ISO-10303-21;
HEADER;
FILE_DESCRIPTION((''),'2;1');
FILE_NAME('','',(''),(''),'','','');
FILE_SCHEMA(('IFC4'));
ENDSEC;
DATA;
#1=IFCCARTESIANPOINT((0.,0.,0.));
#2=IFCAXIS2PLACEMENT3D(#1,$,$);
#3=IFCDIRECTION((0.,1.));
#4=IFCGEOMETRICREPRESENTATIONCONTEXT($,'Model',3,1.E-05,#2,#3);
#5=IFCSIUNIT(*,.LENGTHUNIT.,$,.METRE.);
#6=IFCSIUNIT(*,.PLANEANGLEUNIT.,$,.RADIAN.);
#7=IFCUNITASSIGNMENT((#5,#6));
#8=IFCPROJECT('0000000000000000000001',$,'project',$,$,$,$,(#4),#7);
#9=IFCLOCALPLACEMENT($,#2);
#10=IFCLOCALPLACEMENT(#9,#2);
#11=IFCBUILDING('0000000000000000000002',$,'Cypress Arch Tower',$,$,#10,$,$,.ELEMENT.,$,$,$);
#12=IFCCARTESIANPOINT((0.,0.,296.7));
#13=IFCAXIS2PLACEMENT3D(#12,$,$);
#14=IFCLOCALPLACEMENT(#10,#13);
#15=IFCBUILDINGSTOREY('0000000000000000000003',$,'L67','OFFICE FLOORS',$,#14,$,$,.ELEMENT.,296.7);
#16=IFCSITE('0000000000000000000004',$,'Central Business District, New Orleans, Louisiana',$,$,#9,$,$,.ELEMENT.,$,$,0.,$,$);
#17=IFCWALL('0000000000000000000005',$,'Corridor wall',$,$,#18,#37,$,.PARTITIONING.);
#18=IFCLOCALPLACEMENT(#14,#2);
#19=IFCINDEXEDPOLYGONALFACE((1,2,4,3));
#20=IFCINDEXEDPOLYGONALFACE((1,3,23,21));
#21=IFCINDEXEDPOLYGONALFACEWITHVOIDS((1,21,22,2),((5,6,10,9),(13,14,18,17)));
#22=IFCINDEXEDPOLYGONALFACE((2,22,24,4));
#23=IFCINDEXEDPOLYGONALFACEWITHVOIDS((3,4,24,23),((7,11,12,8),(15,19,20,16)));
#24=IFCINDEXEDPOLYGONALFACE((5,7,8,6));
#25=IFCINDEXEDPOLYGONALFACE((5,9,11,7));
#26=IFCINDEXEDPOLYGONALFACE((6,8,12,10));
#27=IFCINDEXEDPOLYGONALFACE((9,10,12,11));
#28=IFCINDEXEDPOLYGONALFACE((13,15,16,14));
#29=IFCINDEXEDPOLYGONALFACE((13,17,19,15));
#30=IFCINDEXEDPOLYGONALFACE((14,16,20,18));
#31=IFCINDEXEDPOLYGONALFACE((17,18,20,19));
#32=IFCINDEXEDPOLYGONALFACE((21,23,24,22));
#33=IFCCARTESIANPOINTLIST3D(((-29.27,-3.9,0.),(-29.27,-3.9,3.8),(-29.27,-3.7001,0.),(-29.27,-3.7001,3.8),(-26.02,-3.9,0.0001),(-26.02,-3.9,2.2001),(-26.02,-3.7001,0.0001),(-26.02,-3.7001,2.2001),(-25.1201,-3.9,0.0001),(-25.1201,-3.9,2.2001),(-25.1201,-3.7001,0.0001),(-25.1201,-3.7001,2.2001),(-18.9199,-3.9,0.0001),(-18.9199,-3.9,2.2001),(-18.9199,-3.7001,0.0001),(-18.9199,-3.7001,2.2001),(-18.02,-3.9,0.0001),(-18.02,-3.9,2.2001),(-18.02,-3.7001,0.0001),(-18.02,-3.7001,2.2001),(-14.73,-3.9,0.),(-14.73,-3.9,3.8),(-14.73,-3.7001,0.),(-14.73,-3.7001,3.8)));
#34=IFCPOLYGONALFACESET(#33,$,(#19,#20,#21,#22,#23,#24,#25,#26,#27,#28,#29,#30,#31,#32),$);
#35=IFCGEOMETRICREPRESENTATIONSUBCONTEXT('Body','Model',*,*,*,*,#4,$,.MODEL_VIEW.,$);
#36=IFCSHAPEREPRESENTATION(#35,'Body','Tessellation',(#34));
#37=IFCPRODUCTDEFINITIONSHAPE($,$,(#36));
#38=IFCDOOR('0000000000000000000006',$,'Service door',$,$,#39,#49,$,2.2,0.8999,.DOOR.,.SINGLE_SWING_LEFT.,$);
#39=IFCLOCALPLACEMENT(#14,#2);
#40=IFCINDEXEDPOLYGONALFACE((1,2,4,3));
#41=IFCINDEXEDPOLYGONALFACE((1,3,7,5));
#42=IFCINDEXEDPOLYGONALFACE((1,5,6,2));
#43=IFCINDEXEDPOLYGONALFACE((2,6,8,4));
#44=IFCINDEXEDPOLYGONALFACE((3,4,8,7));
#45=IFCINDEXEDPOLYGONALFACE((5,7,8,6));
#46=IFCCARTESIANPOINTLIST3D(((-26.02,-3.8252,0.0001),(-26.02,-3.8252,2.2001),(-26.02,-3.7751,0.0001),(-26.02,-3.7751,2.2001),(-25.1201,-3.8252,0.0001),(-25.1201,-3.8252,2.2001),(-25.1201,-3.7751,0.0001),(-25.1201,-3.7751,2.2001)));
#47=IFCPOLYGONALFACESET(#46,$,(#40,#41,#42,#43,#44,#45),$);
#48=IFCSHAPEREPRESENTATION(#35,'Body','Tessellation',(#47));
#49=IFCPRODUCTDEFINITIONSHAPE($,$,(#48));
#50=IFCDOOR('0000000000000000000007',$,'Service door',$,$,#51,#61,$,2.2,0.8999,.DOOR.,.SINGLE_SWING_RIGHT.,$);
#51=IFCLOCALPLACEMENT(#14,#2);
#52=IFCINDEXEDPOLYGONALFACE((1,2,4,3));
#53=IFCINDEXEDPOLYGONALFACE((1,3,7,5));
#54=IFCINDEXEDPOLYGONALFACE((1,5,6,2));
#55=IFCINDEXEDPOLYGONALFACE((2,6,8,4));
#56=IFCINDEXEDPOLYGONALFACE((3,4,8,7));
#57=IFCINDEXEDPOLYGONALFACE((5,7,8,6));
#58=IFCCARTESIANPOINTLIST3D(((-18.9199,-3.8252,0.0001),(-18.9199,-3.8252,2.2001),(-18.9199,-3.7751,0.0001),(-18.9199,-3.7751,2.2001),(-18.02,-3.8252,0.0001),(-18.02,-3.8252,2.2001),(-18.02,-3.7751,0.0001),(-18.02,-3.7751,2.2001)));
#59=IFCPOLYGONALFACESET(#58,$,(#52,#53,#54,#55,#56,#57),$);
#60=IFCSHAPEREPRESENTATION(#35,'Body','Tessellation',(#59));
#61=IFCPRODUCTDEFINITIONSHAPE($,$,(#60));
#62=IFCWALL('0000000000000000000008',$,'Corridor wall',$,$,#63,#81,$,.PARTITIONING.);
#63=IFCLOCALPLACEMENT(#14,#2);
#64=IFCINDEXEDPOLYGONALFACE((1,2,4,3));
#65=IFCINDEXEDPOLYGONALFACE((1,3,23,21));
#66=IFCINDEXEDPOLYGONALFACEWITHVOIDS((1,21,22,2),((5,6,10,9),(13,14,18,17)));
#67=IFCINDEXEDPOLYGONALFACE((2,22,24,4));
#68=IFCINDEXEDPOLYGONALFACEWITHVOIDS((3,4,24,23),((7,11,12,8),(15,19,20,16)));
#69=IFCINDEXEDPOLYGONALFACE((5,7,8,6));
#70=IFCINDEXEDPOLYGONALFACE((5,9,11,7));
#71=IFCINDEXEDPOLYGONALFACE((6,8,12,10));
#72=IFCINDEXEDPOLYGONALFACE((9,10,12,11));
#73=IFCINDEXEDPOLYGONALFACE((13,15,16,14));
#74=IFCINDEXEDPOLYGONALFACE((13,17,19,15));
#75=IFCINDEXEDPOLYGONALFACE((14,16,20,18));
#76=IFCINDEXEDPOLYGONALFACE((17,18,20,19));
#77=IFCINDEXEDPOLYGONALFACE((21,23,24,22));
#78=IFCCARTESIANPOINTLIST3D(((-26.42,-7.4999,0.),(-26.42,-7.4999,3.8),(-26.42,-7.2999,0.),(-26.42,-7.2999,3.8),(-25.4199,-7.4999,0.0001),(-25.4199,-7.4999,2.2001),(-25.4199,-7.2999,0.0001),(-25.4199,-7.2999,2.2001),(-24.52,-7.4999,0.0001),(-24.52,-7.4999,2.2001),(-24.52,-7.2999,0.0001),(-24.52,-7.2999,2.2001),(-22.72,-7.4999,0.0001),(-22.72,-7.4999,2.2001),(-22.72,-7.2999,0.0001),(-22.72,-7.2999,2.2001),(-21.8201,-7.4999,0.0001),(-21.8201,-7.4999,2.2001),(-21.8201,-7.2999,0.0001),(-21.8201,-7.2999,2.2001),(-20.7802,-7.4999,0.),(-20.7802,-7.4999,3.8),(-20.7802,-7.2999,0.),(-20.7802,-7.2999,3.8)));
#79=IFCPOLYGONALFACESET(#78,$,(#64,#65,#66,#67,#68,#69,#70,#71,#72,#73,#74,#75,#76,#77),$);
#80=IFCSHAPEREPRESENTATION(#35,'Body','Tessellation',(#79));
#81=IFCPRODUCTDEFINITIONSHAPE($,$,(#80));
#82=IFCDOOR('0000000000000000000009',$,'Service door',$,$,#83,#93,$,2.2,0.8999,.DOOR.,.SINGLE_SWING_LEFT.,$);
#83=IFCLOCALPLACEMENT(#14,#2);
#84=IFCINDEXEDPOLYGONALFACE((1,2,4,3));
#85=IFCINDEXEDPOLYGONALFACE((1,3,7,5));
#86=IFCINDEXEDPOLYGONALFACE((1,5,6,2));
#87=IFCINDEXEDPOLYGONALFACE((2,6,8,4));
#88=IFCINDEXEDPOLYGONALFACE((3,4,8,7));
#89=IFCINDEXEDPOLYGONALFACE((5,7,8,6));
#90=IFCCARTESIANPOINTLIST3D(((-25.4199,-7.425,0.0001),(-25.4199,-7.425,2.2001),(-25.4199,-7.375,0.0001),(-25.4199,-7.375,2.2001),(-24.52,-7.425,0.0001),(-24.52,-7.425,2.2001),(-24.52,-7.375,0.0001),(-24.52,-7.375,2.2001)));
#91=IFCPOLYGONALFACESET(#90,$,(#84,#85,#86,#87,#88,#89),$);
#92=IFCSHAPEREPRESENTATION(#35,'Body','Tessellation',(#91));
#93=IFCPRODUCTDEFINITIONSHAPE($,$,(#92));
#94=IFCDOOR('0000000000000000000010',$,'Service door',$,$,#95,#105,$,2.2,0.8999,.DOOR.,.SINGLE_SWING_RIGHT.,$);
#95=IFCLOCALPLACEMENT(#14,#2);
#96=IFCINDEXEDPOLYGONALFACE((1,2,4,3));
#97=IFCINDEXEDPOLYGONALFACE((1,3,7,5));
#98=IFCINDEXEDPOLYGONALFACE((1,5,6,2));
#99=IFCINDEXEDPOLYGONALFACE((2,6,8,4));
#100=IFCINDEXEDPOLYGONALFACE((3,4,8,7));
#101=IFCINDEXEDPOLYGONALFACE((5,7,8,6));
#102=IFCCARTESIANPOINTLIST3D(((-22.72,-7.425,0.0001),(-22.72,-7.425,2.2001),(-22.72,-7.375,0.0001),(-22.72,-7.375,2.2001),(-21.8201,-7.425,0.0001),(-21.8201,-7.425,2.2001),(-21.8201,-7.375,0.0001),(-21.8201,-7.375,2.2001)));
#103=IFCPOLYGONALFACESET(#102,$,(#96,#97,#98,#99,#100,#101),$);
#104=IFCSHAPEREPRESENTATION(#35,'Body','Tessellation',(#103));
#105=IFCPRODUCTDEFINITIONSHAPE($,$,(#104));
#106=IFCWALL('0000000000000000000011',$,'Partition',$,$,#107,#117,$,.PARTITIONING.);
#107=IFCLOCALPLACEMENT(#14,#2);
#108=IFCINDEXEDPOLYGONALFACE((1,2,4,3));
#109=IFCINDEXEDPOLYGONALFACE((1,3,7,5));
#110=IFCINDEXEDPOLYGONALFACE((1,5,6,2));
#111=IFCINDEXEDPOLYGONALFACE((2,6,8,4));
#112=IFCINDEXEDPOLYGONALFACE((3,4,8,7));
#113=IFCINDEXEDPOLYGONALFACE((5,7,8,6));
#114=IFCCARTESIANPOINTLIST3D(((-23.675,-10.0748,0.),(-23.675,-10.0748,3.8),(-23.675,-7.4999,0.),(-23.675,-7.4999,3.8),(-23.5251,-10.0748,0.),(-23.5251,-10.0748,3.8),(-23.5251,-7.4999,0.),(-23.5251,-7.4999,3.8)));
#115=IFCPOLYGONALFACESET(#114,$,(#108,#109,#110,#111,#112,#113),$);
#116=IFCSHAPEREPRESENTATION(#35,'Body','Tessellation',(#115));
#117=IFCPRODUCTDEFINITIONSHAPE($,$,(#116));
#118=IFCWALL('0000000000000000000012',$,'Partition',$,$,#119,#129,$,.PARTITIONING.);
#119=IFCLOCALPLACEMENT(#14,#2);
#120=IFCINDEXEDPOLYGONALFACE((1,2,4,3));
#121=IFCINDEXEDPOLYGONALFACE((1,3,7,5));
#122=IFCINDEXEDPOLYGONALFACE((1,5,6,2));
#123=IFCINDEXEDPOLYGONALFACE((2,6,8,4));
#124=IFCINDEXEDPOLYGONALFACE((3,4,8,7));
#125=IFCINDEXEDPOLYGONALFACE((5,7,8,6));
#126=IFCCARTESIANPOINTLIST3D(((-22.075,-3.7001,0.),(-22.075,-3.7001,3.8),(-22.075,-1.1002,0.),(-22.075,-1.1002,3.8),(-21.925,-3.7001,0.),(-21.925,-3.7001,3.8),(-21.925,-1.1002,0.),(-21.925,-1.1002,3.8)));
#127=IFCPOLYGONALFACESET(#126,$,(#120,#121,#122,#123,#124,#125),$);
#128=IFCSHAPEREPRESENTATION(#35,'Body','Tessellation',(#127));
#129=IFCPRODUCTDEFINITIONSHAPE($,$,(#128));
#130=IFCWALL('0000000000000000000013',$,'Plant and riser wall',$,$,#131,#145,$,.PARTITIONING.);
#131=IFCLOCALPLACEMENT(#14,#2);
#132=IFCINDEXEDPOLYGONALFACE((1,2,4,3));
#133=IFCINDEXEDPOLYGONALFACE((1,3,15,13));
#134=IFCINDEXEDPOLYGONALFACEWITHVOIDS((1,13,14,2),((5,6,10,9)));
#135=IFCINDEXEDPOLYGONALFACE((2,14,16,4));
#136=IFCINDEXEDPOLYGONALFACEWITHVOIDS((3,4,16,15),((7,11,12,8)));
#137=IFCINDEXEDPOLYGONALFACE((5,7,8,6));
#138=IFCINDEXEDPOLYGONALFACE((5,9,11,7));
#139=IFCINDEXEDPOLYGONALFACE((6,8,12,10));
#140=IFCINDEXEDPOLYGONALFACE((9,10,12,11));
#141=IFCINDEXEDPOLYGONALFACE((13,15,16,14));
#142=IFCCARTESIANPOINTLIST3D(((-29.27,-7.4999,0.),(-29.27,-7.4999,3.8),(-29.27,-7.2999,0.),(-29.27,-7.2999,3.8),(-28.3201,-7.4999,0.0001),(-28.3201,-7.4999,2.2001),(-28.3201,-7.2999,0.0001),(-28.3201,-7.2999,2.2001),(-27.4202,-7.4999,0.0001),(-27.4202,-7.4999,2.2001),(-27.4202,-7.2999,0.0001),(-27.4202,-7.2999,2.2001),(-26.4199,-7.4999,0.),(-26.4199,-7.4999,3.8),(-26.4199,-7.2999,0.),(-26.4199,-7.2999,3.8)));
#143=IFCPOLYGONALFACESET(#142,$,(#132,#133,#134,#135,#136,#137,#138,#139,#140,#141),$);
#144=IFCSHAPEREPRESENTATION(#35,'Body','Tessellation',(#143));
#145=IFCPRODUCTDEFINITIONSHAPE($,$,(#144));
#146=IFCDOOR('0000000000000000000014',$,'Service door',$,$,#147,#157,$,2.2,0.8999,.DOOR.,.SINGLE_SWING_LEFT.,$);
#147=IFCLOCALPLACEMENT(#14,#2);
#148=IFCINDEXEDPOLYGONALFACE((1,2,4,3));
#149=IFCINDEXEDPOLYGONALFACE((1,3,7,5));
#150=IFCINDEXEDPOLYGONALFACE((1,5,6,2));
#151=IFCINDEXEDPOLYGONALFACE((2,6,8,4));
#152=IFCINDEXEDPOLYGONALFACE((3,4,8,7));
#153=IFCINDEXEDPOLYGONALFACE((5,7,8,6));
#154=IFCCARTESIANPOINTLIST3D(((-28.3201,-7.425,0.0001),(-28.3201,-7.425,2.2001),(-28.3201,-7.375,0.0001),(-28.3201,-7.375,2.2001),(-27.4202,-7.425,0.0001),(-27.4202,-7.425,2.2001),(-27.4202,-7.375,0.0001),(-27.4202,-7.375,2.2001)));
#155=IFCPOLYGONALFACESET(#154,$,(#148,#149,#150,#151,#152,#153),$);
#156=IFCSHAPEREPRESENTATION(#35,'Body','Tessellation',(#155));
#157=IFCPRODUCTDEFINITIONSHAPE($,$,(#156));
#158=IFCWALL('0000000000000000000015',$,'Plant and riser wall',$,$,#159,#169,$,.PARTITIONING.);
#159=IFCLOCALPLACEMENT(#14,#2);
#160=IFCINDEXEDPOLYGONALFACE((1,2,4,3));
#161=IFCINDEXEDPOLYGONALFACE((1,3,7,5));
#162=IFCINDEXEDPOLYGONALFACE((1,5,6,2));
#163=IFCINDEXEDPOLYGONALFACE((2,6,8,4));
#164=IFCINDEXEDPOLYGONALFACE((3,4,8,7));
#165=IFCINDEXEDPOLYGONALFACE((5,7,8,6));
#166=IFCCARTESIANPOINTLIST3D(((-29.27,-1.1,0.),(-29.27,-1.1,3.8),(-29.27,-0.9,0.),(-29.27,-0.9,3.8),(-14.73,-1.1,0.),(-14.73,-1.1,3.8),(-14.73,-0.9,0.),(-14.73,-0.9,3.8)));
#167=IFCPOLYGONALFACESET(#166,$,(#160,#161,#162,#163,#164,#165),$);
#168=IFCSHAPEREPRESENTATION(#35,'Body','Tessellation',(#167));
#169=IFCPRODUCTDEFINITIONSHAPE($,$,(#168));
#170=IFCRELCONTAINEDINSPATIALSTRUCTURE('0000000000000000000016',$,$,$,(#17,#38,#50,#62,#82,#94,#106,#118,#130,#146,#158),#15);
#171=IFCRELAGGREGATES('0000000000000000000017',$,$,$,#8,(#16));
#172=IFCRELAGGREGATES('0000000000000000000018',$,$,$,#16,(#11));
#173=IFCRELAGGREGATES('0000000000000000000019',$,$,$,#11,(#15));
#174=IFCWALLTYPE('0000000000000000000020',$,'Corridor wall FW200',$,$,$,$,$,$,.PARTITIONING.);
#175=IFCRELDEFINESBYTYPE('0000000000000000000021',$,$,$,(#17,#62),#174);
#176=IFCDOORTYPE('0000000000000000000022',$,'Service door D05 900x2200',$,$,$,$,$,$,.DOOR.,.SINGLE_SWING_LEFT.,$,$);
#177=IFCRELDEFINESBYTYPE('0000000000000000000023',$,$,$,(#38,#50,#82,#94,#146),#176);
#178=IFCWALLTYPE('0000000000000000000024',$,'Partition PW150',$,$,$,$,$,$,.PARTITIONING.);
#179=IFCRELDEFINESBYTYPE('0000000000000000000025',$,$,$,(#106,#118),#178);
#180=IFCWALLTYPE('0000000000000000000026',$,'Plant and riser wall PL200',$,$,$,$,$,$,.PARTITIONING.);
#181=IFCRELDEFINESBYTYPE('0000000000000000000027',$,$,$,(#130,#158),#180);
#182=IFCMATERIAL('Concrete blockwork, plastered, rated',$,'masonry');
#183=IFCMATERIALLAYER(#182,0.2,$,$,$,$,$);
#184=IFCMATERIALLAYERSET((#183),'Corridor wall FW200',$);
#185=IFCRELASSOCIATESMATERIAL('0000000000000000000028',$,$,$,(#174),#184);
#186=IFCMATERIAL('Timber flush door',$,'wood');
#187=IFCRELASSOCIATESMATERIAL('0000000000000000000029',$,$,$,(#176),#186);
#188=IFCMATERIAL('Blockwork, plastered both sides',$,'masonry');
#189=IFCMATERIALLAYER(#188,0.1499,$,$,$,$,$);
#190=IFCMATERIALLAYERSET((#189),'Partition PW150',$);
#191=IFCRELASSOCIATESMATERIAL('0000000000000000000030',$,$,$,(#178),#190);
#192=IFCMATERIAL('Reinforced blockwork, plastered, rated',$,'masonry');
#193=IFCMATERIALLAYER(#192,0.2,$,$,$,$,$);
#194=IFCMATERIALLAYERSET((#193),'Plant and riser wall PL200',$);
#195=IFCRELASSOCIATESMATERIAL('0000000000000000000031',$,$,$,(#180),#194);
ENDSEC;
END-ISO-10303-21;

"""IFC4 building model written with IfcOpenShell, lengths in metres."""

from ifc_helpers import new_model, si_unit, direction, frame, frame_2d, origin, place, context, subcontext, project, spatial, rectangle, extrude, material, layer, layer_set, type_object, element, fill, save


model = new_model("IFC4")

# Units and contexts
model_context = context("Model", 3, precision=1e-05, world=origin(), true_north=direction((0.0, 1.0)))
body_context = subcontext(model_context, "Body", "Model", "MODEL_VIEW")
ifc_project = project(units=[si_unit("LENGTHUNIT", "METRE"), si_unit("PLANEANGLEUNIT", "RADIAN")], contexts=[model_context])

# Site, building, storey
site_placement = place(None, origin())
site = spatial("IfcSite", under=ifc_project, at=site_placement, Name="Central Business District, New Orleans, Louisiana", CompositionType="ELEMENT", RefElevation=0.0)
building_placement = place(site_placement, origin())
building = spatial("IfcBuilding", under=site, at=building_placement, Name="Cypress Arch Tower", CompositionType="ELEMENT")
storey_placement = place(building_placement, frame((0.0, 0.0, 296.7)))
storey = spatial("IfcBuildingStorey", under=building, at=storey_placement, Name="L67", Description="OFFICE FLOORS", CompositionType="ELEMENT", Elevation=296.7)

# Walls, openings, doors
ifc_material_1 = material(Name="Concrete blockwork, plastered, rated", Category="masonry")
ifc_layer_1 = layer(ifc_material_1, 0.2)
ifc_layer_set_1 = layer_set([ifc_layer_1], Name="Corridor wall FW200")
wall_type_1 = type_object("IfcWallType", Name="Corridor wall FW200", PredefinedType="PARTITIONING", material=ifc_layer_set_1)
wall_1_placement = place(storey_placement, frame((-29.27, -3.8, 0.0), z_axis=(0.0, 0.0, 1.0), x_axis=(1.0, 0.0, 0.0)))
wall_1 = element("IfcWall", 1, at=wall_1_placement, inside=storey, type_object=wall_type_1, Name="Corridor wall", PredefinedType="PARTITIONING", context=body_context, shape_type="SweptSolid", body=[
    extrude(rectangle(XDim=14.54, YDim=0.2, at=frame_2d((7.27, 0.0))), origin(), (0.0, 0.0, 1.0), 3.8),
])
opening_1_placement = place(wall_1_placement, frame((3.25, 0.0, 0.0)))
opening_1 = element("IfcOpeningElement", 2, at=opening_1_placement, cuts=wall_1, PredefinedType="OPENING", context=body_context, shape_type="SweptSolid", body=[
    extrude(rectangle(XDim=0.8999, YDim=2.2, at=frame_2d((0.45, 1.1001))), frame((0.0, 0.1099, 0.0), z_axis=(0.0, -1.0, 0.0), x_axis=(1.0, 0.0, 0.0)), (0.0, 0.0, 1.0), 0.22),
])
opening_2_placement = place(wall_1_placement, frame((10.3501, 0.0, 0.0)))
opening_2 = element("IfcOpeningElement", 3, at=opening_2_placement, cuts=wall_1, PredefinedType="OPENING", context=body_context, shape_type="SweptSolid", body=[
    extrude(rectangle(XDim=0.8999, YDim=2.2, at=frame_2d((0.45, 1.1001))), frame((0.0, 0.1099, 0.0), z_axis=(0.0, -1.0, 0.0), x_axis=(1.0, 0.0, 0.0)), (0.0, 0.0, 1.0), 0.22),
])
ifc_material_2 = material(Name="Timber flush door", Category="wood")
door_type = type_object("IfcDoorType", Name="Service door D05 900x2200", OperationType="SINGLE_SWING_LEFT", PredefinedType="DOOR", material=ifc_material_2)
door_1_placement = place(opening_1_placement, origin())
door_1 = element("IfcDoor", 4, at=door_1_placement, inside=storey, type_object=door_type, Name="Service door", OperationType="SINGLE_SWING_LEFT", OverallHeight=2.2, OverallWidth=0.8999, PredefinedType="DOOR", context=body_context, shape_type="SweptSolid", body=[
    extrude(rectangle(XDim=0.8999, YDim=2.2, at=frame_2d((0.45, 1.1001))), frame((0.0, 0.0249, 0.0), z_axis=(0.0, -1.0, 0.0), x_axis=(1.0, 0.0, 0.0)), (0.0, 0.0, 1.0), 0.05),
])
fill(opening_1, door_1)
door_2_placement = place(opening_2_placement, origin())
door_2 = element("IfcDoor", 5, at=door_2_placement, inside=storey, type_object=door_type, Name="Service door", OperationType="SINGLE_SWING_RIGHT", OverallHeight=2.2, OverallWidth=0.8999, PredefinedType="DOOR", context=body_context, shape_type="SweptSolid", body=[
    extrude(rectangle(XDim=0.8999, YDim=2.2, at=frame_2d((0.45, 1.1001))), frame((0.0, 0.0249, 0.0), z_axis=(0.0, -1.0, 0.0), x_axis=(1.0, 0.0, 0.0)), (0.0, 0.0, 1.0), 0.05),
])
fill(opening_2, door_2)
wall_2_placement = place(storey_placement, frame((-26.4199, -7.3999, 0.0), z_axis=(0.0, 0.0, 1.0), x_axis=(1.0, 0.0, 0.0)))
wall_2 = element("IfcWall", 6, at=wall_2_placement, inside=storey, type_object=wall_type_1, Name="Corridor wall", PredefinedType="PARTITIONING", context=body_context, shape_type="SweptSolid", body=[
    extrude(rectangle(XDim=5.6399, YDim=0.2, at=frame_2d((2.8198, 0.0))), origin(), (0.0, 0.0, 1.0), 3.8),
])
opening_3_placement = place(wall_2_placement, frame((1.0, 0.0, 0.0)))
opening_3 = element("IfcOpeningElement", 7, at=opening_3_placement, cuts=wall_2, PredefinedType="OPENING", context=body_context, shape_type="SweptSolid", body=[
    extrude(rectangle(XDim=0.8999, YDim=2.2, at=frame_2d((0.45, 1.1001))), frame((0.0, 0.1099, 0.0), z_axis=(0.0, -1.0, 0.0), x_axis=(1.0, 0.0, 0.0)), (0.0, 0.0, 1.0), 0.22),
])
opening_4_placement = place(wall_2_placement, frame((3.7, 0.0, 0.0)))
opening_4 = element("IfcOpeningElement", 8, at=opening_4_placement, cuts=wall_2, PredefinedType="OPENING", context=body_context, shape_type="SweptSolid", body=[
    extrude(rectangle(XDim=0.8999, YDim=2.2, at=frame_2d((0.45, 1.1001))), frame((0.0, 0.1099, 0.0), z_axis=(0.0, -1.0, 0.0), x_axis=(1.0, 0.0, 0.0)), (0.0, 0.0, 1.0), 0.22),
])
door_3_placement = place(opening_3_placement, origin())
door_3 = element("IfcDoor", 9, at=door_3_placement, inside=storey, type_object=door_type, Name="Service door", OperationType="SINGLE_SWING_LEFT", OverallHeight=2.2, OverallWidth=0.8999, PredefinedType="DOOR", context=body_context, shape_type="SweptSolid", body=[
    extrude(rectangle(XDim=0.8999, YDim=2.2, at=frame_2d((0.45, 1.1001))), frame((0.0, 0.0249, 0.0), z_axis=(0.0, -1.0, 0.0), x_axis=(1.0, 0.0, 0.0)), (0.0, 0.0, 1.0), 0.05),
])
fill(opening_3, door_3)
door_4_placement = place(opening_4_placement, origin())
door_4 = element("IfcDoor", 10, at=door_4_placement, inside=storey, type_object=door_type, Name="Service door", OperationType="SINGLE_SWING_RIGHT", OverallHeight=2.2, OverallWidth=0.8999, PredefinedType="DOOR", context=body_context, shape_type="SweptSolid", body=[
    extrude(rectangle(XDim=0.8999, YDim=2.2, at=frame_2d((0.45, 1.1001))), frame((0.0, 0.0249, 0.0), z_axis=(0.0, -1.0, 0.0), x_axis=(1.0, 0.0, 0.0)), (0.0, 0.0, 1.0), 0.05),
])
fill(opening_4, door_4)

# Walls
ifc_material_3 = material(Name="Blockwork, plastered both sides", Category="masonry")
ifc_layer_2 = layer(ifc_material_3, 0.1499)
ifc_layer_set_2 = layer_set([ifc_layer_2], Name="Partition PW150")
wall_type_2 = type_object("IfcWallType", Name="Partition PW150", PredefinedType="PARTITIONING", material=ifc_layer_set_2)
wall_3_placement = place(storey_placement, frame((-23.6001, -10.075, 0.0), z_axis=(0.0, 0.0, 1.0), x_axis=(0.0, 1.0, 0.0)))
element("IfcWall", 11, at=wall_3_placement, inside=storey, type_object=wall_type_2, Name="Partition", PredefinedType="PARTITIONING", context=body_context, shape_type="SweptSolid", body=[
    extrude(rectangle(XDim=2.575, YDim=0.1499, at=frame_2d((1.2876, 0.0))), origin(), (0.0, 0.0, 1.0), 3.8),
])
wall_4_placement = place(storey_placement, frame((-22.0, -3.7, 0.0), z_axis=(0.0, 0.0, 1.0), x_axis=(0.0, 1.0, 0.0)))
element("IfcWall", 12, at=wall_4_placement, inside=storey, type_object=wall_type_2, Name="Partition", PredefinedType="PARTITIONING", context=body_context, shape_type="SweptSolid", body=[
    extrude(rectangle(XDim=2.5999, YDim=0.1499, at=frame_2d((1.2998, 0.0))), origin(), (0.0, 0.0, 1.0), 3.8),
])

# Wall, opening, door
ifc_material_4 = material(Name="Reinforced blockwork, plastered, rated", Category="masonry")
ifc_layer_3 = layer(ifc_material_4, 0.2)
ifc_layer_set_3 = layer_set([ifc_layer_3], Name="Plant and riser wall PL200")
wall_type_3 = type_object("IfcWallType", Name="Plant and riser wall PL200", PredefinedType="PARTITIONING", material=ifc_layer_set_3)
wall_5_placement = place(storey_placement, frame((-29.27, -7.3999, 0.0), z_axis=(0.0, 0.0, 1.0), x_axis=(1.0, 0.0, 0.0)))
wall_5 = element("IfcWall", 13, at=wall_5_placement, inside=storey, type_object=wall_type_3, Name="Plant and riser wall", PredefinedType="PARTITIONING", context=body_context, shape_type="SweptSolid", body=[
    extrude(rectangle(XDim=2.8501, YDim=0.2, at=frame_2d((1.425, 0.0))), origin(), (0.0, 0.0, 1.0), 3.8),
])
opening_5_placement = place(wall_5_placement, frame((0.95, 0.0, 0.0)))
opening_5 = element("IfcOpeningElement", 14, at=opening_5_placement, cuts=wall_5, PredefinedType="OPENING", context=body_context, shape_type="SweptSolid", body=[
    extrude(rectangle(XDim=0.8999, YDim=2.2, at=frame_2d((0.45, 1.1001))), frame((0.0, 0.1099, 0.0), z_axis=(0.0, -1.0, 0.0), x_axis=(1.0, 0.0, 0.0)), (0.0, 0.0, 1.0), 0.22),
])
door_5_placement = place(opening_5_placement, origin())
door_5 = element("IfcDoor", 15, at=door_5_placement, inside=storey, type_object=door_type, Name="Service door", OperationType="SINGLE_SWING_LEFT", OverallHeight=2.2, OverallWidth=0.8999, PredefinedType="DOOR", context=body_context, shape_type="SweptSolid", body=[
    extrude(rectangle(XDim=0.8999, YDim=2.2, at=frame_2d((0.45, 1.1001))), frame((0.0, 0.0249, 0.0), z_axis=(0.0, -1.0, 0.0), x_axis=(1.0, 0.0, 0.0)), (0.0, 0.0, 1.0), 0.05),
])
fill(opening_5, door_5)

# Wall
wall_6_placement = place(storey_placement, frame((-29.27, -1.0, 0.0), z_axis=(0.0, 0.0, 1.0), x_axis=(1.0, 0.0, 0.0)))
element("IfcWall", 16, at=wall_6_placement, inside=storey, type_object=wall_type_3, Name="Plant and riser wall", PredefinedType="PARTITIONING", context=body_context, shape_type="SweptSolid", body=[
    extrude(rectangle(XDim=14.54, YDim=0.2, at=frame_2d((7.27, 0.0))), origin(), (0.0, 0.0, 1.0), 3.8),
])

save(model, "model.ifc")
